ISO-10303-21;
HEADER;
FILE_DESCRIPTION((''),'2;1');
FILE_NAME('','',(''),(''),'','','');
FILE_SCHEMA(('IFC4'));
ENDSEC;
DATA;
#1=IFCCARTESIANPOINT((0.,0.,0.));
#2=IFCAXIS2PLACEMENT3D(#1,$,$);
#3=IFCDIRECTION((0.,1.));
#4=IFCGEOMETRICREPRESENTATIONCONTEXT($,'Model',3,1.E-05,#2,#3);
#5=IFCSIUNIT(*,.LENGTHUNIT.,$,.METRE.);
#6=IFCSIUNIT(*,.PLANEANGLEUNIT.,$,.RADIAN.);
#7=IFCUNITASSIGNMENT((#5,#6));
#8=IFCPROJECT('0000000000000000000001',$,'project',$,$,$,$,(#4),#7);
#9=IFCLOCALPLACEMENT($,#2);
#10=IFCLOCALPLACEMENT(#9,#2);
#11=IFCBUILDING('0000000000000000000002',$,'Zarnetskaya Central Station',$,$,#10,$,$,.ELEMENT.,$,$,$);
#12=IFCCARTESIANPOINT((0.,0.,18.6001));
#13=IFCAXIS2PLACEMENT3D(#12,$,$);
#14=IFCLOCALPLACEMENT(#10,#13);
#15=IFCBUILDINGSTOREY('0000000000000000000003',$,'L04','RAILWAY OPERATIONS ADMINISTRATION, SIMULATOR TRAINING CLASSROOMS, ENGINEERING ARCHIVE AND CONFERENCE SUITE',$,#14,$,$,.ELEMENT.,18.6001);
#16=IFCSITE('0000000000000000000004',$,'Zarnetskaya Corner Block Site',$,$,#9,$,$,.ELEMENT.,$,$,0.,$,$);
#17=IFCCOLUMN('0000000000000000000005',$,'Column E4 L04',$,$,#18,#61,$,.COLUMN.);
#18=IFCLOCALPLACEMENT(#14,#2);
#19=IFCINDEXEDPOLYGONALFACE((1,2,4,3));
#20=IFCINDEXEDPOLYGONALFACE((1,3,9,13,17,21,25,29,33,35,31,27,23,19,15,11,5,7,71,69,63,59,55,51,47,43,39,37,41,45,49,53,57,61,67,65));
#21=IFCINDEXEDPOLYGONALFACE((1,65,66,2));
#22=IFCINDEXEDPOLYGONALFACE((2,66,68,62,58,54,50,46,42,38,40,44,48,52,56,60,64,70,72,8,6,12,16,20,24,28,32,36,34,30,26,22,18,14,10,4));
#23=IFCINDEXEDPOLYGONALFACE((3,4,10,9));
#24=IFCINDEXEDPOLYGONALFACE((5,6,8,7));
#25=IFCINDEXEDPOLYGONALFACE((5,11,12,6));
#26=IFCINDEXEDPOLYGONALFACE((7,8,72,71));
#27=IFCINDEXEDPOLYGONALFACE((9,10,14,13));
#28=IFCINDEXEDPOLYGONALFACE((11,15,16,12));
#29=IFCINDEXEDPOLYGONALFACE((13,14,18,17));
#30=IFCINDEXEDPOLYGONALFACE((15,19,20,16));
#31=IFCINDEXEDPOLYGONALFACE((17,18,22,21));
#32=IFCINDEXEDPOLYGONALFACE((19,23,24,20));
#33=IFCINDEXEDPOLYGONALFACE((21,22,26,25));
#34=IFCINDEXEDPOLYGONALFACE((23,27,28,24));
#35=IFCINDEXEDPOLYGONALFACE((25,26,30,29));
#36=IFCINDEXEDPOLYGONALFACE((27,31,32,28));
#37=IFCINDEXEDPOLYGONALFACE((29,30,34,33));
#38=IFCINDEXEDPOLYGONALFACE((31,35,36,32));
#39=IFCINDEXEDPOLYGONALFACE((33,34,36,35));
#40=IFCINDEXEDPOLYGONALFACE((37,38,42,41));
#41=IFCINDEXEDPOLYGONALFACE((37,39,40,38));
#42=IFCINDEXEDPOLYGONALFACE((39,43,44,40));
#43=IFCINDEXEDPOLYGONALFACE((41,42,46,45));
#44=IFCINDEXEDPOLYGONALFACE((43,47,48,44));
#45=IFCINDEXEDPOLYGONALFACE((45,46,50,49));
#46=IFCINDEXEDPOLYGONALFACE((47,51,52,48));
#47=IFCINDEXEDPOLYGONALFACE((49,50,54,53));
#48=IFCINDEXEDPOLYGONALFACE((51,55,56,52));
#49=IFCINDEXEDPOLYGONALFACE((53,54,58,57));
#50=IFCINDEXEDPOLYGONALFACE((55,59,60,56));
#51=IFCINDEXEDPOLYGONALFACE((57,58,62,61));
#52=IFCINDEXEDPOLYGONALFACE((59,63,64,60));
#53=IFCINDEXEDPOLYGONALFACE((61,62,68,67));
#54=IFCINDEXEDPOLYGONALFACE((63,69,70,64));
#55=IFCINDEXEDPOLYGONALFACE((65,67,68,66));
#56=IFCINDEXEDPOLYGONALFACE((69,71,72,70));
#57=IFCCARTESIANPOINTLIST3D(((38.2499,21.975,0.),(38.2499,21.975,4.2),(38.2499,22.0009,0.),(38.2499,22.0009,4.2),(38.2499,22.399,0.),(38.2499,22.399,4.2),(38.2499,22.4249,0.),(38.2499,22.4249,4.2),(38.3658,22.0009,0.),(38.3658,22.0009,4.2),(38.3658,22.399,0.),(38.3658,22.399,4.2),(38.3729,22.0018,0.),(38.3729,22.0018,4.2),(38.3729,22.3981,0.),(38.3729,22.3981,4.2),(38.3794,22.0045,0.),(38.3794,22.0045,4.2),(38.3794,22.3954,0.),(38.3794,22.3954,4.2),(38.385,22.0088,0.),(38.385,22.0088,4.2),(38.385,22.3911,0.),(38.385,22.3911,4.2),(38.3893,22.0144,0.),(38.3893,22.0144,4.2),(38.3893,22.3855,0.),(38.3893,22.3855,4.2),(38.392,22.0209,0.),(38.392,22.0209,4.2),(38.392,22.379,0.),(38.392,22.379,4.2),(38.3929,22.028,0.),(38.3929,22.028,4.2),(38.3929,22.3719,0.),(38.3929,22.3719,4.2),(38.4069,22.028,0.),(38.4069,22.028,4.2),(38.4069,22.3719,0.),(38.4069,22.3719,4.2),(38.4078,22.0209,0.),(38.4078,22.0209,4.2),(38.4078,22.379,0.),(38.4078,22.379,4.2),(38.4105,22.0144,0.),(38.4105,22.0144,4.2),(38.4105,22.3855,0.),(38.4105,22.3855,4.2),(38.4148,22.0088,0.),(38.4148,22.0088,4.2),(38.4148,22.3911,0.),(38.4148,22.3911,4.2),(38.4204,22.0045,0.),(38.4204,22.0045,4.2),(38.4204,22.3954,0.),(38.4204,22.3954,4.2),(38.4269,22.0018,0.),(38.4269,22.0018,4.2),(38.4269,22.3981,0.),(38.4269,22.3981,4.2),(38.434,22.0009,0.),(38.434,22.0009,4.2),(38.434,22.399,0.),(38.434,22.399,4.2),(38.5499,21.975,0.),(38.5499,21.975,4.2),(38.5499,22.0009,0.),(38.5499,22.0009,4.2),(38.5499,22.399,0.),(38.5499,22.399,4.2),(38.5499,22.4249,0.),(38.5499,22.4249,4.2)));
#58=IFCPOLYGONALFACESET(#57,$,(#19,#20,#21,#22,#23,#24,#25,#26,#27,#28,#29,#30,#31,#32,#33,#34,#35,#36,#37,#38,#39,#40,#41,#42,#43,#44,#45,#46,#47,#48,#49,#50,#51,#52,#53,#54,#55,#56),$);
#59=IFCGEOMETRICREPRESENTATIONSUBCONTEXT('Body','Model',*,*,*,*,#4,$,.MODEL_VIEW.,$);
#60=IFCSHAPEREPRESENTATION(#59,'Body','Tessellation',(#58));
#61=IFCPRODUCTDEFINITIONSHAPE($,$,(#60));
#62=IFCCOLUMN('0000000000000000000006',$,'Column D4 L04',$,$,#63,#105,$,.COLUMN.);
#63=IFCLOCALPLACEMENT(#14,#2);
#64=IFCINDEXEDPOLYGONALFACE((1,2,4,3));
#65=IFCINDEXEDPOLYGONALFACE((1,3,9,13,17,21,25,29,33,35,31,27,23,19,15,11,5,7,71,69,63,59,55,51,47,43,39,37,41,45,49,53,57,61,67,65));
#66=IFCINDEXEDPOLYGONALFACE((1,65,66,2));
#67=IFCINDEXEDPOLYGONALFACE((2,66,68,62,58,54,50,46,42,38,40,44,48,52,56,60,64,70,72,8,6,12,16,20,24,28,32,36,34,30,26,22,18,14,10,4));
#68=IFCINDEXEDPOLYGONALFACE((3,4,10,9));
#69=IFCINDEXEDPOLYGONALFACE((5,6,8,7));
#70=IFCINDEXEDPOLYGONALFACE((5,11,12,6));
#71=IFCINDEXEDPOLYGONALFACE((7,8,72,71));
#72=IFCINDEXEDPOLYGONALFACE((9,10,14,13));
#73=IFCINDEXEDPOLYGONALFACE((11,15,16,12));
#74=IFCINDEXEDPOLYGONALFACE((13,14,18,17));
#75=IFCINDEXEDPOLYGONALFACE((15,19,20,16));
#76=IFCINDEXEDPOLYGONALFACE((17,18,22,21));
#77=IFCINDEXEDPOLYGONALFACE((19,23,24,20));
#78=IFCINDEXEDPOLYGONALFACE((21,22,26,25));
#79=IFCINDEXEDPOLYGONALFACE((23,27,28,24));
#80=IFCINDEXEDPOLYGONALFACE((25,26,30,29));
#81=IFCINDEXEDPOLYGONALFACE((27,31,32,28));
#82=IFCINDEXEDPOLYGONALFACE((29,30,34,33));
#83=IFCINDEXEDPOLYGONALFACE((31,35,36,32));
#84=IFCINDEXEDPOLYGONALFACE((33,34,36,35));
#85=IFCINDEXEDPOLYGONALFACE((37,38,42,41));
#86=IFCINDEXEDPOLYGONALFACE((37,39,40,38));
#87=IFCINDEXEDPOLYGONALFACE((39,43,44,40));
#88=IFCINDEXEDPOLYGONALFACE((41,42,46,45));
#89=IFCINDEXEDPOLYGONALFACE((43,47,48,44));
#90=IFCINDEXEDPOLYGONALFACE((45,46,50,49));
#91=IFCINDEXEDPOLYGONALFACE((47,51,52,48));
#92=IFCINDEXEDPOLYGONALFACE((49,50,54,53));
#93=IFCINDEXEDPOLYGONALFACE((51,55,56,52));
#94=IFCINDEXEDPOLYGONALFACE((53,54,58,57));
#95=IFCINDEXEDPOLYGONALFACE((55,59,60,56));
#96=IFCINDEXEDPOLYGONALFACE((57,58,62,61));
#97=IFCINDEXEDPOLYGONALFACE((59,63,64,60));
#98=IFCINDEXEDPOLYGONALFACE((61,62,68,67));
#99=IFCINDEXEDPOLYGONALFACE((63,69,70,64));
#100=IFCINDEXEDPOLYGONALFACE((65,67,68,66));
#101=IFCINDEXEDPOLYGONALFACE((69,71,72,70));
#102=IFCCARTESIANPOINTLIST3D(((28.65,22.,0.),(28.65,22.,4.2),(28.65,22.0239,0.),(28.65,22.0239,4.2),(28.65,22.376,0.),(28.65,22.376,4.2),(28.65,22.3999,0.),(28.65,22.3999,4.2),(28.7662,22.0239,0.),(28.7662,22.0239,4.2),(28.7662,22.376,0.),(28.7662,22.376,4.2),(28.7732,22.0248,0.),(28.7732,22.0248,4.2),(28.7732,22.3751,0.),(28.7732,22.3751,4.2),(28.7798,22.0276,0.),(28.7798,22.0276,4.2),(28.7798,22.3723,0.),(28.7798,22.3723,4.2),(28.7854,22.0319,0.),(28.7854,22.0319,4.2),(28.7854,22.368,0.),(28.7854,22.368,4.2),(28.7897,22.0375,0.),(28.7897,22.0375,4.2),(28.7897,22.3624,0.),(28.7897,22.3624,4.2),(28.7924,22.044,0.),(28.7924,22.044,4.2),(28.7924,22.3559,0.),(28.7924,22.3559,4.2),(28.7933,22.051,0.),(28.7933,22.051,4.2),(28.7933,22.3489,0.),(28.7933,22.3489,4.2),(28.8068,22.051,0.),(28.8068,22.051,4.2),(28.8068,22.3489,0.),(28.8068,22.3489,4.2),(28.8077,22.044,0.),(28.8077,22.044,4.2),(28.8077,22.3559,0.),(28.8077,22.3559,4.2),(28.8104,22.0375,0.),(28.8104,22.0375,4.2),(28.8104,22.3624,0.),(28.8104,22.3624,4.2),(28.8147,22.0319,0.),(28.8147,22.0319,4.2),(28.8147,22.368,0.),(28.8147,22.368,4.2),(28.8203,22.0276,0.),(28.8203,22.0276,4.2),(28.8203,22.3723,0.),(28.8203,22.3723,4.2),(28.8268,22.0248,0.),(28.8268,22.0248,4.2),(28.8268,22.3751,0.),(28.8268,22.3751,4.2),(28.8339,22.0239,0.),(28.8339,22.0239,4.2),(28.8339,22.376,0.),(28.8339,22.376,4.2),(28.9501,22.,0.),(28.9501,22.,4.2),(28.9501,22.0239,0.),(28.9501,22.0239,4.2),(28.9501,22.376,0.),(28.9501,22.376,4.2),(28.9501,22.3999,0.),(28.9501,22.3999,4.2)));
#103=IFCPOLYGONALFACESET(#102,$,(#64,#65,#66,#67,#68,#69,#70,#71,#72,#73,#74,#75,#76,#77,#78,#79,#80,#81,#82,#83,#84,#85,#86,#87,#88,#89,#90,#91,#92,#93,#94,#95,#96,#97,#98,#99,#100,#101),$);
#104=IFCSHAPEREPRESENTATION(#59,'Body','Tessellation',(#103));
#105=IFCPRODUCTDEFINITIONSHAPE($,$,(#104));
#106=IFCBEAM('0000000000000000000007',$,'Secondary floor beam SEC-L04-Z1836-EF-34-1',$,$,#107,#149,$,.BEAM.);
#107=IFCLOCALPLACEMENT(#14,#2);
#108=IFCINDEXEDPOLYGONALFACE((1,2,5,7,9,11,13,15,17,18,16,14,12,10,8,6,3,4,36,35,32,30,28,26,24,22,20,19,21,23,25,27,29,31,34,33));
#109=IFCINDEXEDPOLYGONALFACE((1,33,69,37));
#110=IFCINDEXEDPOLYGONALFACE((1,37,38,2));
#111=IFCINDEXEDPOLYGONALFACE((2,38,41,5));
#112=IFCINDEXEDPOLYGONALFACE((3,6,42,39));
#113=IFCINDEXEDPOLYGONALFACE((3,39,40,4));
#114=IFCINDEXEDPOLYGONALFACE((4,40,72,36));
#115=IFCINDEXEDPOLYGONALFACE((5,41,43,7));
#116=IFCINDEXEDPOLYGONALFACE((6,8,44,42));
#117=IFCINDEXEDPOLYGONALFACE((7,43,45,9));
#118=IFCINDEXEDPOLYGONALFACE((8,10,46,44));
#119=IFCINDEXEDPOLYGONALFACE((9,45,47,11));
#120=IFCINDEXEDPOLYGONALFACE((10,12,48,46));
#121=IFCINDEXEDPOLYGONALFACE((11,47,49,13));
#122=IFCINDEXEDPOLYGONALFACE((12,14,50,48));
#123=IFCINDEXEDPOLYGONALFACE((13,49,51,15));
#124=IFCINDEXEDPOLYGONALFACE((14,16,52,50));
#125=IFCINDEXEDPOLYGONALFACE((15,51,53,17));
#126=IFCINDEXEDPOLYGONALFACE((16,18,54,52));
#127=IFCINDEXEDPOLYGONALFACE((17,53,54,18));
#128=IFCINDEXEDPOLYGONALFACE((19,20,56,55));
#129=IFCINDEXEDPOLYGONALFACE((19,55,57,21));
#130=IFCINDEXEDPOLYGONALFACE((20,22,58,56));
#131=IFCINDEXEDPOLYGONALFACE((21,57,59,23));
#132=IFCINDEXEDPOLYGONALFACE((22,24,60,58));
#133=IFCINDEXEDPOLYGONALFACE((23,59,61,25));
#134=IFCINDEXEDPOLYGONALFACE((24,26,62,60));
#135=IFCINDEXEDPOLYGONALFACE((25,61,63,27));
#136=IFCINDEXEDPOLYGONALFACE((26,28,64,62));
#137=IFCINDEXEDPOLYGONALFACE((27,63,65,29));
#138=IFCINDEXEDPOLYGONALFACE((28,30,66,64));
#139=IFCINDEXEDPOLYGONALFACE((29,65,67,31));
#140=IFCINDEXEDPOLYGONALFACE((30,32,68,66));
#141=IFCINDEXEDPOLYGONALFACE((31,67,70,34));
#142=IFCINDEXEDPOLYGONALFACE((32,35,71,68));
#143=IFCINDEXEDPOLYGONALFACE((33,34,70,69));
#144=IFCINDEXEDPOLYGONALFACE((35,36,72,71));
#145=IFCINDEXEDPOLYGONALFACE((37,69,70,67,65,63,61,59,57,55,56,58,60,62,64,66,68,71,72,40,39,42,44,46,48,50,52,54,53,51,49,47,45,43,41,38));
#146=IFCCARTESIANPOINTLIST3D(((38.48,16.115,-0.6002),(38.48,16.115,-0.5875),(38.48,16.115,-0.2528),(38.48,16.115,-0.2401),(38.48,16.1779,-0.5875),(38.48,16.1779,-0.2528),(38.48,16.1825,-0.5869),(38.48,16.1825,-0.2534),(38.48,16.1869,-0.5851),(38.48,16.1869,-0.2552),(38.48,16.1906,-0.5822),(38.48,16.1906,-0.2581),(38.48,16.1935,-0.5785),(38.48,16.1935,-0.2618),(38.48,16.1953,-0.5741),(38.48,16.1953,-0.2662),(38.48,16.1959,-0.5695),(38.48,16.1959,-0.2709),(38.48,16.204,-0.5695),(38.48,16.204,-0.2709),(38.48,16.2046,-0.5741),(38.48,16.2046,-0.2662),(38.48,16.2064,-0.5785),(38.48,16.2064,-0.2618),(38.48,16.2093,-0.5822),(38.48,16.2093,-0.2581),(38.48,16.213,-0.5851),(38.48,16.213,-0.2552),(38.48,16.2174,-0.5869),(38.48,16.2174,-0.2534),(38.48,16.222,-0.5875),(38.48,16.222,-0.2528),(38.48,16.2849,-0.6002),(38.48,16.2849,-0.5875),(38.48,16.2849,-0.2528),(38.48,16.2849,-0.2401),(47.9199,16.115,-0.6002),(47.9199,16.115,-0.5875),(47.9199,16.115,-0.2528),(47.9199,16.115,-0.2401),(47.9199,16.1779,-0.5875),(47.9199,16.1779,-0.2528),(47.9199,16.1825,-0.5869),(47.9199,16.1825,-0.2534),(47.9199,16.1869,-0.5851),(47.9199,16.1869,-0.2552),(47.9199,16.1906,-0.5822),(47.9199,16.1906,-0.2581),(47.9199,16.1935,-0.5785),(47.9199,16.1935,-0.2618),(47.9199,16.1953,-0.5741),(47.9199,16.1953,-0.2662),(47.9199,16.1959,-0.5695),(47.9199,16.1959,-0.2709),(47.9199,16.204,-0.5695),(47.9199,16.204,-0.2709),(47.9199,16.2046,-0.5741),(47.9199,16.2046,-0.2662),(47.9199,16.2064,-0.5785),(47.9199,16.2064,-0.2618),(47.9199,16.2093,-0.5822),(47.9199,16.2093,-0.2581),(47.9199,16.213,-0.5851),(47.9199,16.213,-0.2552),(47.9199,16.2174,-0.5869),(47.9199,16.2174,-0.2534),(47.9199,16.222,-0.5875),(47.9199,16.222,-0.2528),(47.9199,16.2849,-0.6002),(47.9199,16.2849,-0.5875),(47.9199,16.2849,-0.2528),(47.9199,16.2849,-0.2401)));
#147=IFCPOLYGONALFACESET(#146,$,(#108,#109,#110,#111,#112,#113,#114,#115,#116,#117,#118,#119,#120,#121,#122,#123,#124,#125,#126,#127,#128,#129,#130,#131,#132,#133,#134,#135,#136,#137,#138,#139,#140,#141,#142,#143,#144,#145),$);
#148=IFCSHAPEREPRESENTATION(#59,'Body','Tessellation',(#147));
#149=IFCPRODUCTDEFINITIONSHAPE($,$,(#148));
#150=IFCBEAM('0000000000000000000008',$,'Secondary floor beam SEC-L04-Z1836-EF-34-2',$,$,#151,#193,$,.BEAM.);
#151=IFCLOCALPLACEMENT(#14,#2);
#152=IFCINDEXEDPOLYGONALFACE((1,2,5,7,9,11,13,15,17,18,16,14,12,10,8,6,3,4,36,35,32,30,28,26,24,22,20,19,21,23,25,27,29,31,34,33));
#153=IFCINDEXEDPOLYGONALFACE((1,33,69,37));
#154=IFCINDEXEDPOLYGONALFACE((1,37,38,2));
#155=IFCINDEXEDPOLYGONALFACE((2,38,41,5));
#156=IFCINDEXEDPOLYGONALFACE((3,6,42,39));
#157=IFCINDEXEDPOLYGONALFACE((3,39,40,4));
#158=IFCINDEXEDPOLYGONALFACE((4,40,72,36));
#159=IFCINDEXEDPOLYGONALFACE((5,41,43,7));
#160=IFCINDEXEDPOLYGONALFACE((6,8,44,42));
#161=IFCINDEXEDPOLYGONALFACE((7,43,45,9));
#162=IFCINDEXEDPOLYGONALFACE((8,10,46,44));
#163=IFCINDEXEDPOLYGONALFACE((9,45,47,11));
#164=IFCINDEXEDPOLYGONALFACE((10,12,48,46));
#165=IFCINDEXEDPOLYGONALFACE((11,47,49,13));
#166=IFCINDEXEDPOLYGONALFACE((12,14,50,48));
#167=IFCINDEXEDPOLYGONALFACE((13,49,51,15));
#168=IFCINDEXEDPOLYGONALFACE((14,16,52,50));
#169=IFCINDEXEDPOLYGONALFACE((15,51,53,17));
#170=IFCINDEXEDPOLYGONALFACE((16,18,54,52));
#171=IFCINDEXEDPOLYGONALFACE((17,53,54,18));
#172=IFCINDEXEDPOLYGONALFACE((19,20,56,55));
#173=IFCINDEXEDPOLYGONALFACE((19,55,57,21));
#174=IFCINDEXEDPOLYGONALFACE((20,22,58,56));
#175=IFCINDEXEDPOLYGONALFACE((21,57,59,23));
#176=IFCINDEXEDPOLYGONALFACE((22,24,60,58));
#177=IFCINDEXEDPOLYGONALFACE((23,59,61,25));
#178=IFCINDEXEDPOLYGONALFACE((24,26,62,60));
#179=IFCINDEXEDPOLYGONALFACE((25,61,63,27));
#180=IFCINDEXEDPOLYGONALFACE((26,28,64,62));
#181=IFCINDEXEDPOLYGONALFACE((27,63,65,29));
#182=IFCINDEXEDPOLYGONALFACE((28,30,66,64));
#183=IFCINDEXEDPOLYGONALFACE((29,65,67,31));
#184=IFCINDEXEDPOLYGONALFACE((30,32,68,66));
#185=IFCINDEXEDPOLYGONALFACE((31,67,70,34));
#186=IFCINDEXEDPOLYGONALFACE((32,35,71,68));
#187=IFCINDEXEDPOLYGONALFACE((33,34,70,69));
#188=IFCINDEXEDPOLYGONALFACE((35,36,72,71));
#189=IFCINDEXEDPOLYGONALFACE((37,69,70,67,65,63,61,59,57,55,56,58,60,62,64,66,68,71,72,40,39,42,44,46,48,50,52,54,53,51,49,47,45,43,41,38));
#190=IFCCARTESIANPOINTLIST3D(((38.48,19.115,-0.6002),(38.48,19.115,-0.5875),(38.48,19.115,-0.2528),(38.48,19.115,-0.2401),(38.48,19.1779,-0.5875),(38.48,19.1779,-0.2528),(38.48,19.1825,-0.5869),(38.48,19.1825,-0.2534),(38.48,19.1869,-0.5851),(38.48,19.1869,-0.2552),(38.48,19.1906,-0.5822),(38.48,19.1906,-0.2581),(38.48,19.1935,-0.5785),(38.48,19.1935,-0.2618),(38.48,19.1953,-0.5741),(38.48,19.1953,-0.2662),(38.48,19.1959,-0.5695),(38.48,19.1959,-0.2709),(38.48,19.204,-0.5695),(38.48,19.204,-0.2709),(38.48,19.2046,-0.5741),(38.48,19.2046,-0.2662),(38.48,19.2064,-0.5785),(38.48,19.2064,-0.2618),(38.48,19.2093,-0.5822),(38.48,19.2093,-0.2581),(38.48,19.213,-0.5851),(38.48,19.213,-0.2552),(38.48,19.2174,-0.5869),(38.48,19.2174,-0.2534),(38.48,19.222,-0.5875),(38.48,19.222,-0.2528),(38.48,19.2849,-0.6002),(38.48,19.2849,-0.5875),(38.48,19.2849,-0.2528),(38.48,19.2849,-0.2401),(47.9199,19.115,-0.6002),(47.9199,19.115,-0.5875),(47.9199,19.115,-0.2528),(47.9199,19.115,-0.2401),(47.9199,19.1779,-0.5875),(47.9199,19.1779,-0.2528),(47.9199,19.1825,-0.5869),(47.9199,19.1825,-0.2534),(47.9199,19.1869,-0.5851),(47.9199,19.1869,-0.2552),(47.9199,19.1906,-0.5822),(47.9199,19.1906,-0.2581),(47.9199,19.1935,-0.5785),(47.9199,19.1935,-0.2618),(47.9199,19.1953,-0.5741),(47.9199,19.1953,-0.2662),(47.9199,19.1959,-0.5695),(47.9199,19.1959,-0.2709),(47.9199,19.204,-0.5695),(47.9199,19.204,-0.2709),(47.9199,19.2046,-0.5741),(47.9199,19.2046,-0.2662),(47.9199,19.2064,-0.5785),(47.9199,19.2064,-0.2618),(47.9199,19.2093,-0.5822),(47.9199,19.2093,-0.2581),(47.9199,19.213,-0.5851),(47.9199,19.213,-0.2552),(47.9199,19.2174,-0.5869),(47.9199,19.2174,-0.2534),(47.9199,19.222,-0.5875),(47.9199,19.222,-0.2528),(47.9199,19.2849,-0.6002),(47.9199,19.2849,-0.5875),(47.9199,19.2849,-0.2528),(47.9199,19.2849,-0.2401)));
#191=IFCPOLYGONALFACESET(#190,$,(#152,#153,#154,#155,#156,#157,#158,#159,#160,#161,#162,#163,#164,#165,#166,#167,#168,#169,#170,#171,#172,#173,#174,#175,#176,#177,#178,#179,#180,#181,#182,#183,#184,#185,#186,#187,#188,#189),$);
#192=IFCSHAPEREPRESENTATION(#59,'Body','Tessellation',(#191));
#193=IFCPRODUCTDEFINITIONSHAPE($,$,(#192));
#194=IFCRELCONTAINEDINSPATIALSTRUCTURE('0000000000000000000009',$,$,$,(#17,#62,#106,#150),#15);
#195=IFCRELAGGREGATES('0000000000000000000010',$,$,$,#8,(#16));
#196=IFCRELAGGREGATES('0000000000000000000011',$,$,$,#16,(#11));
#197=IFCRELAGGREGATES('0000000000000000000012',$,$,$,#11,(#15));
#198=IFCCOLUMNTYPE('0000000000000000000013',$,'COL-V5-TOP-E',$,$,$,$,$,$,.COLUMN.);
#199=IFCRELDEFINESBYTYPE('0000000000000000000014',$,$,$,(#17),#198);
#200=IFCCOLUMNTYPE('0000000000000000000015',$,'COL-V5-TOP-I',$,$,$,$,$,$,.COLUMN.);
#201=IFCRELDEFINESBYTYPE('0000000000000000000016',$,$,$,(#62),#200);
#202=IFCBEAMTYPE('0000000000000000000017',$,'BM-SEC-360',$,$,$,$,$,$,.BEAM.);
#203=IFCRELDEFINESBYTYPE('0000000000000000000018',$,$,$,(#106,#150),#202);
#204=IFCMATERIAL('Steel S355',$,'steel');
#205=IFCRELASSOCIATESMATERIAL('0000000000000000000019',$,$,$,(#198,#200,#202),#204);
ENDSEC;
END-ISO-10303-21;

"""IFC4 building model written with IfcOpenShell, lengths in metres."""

from ifc_helpers import new_model, si_unit, direction, frame, origin, origin_2d, place, context, subcontext, project, spatial, i_section, extrude, material, material_profile, profile_set, type_object, element, save


model = new_model("IFC4")

# Units and contexts
model_context = context("Model", 3, precision=1e-05, world=origin(), true_north=direction((0.0, 1.0)))
body_context = subcontext(model_context, "Body", "Model", "MODEL_VIEW")
ifc_project = project(units=[si_unit("LENGTHUNIT", "METRE"), si_unit("PLANEANGLEUNIT", "RADIAN")], contexts=[model_context])

# Site, building, storey
site_placement = place(None, origin())
site = spatial("IfcSite", under=ifc_project, at=site_placement, Name="Zarnetskaya Corner Block Site", CompositionType="ELEMENT", RefElevation=0.0)
building_placement = place(site_placement, origin())
building = spatial("IfcBuilding", under=site, at=building_placement, Name="Zarnetskaya Central Station", CompositionType="ELEMENT")
storey_placement = place(building_placement, frame((0.0, 0.0, 18.6001)))
storey = spatial("IfcBuildingStorey", under=building, at=storey_placement, Name="L04", Description="RAILWAY OPERATIONS ADMINISTRATION, SIMULATOR TRAINING CLASSROOMS, ENGINEERING ARCHIVE AND CONFERENCE SUITE", CompositionType="ELEMENT", Elevation=18.6001)

# Columns
ifc_material_1 = material(Name="Steel S355", Category="steel")
ifc_material_profile_1 = material_profile(ifc_material_1, i_section(OverallWidth=0.3, OverallDepth=0.45, WebThickness=0.0139, FlangeThickness=0.0259, FilletRadius=0.0271, at=origin_2d()), Name="HEB 450")
ifc_profile_set_1 = profile_set([ifc_material_profile_1], Name="Steel S355")
column_type_1 = type_object("IfcColumnType", Name="COL-V5-TOP-E", PredefinedType="COLUMN", material=ifc_profile_set_1)
column_1_placement = place(storey_placement, frame((38.3999, 22.2, 0.0), z_axis=(0.0, 0.0, 1.0), x_axis=(1.0, 0.0, 0.0)))
element("IfcColumn", 1, at=column_1_placement, inside=storey, type_object=column_type_1, Name="Column E4 L04", PredefinedType="COLUMN", context=body_context, shape_type="SweptSolid", body=[
    extrude(i_section(OverallWidth=0.3, OverallDepth=0.45, WebThickness=0.0139, FlangeThickness=0.0259, FilletRadius=0.0271, at=origin_2d()), origin(), (0.0, 0.0, 1.0), 4.2),
])
ifc_material_profile_2 = material_profile(ifc_material_1, i_section(OverallWidth=0.3, OverallDepth=0.3999, WebThickness=0.0134, FlangeThickness=0.0239, FilletRadius=0.0271, at=origin_2d()), Name="HEB 400")
ifc_profile_set_2 = profile_set([ifc_material_profile_2], Name="Steel S355")
column_type_2 = type_object("IfcColumnType", Name="COL-V5-TOP-I", PredefinedType="COLUMN", material=ifc_profile_set_2)
column_2_placement = place(storey_placement, frame((28.8, 22.2, 0.0), z_axis=(0.0, 0.0, 1.0), x_axis=(1.0, 0.0, 0.0)))
element("IfcColumn", 2, at=column_2_placement, inside=storey, type_object=column_type_2, Name="Column D4 L04", PredefinedType="COLUMN", context=body_context, shape_type="SweptSolid", body=[
    extrude(i_section(OverallWidth=0.3, OverallDepth=0.3999, WebThickness=0.0134, FlangeThickness=0.0239, FilletRadius=0.0271, at=origin_2d()), origin(), (0.0, 0.0, 1.0), 4.2),
])

# Beams
ifc_material_profile_3 = material_profile(ifc_material_1, i_section(OverallWidth=0.1699, OverallDepth=0.3601, WebThickness=0.0081, FlangeThickness=0.0127, FilletRadius=0.0181, at=origin_2d()), Name="IPE 360")
ifc_profile_set_3 = profile_set([ifc_material_profile_3], Name="Steel S355")
beam_type_1 = type_object("IfcBeamType", Name="BM-SEC-360", PredefinedType="BEAM", material=ifc_profile_set_3)
for number, where, z_axis, x_axis, name in (
    (3, (38.48, 16.2, -0.4202), (1.0, 0.0, 0.0), (0.0, 1.0, 0.0), "Secondary floor beam SEC-L04-Z1836-EF-34-1"),
    (4, (38.48, 19.2, -0.4202), (1.0, 0.0, 0.0), (0.0, 1.0, 0.0), "Secondary floor beam SEC-L04-Z1836-EF-34-2"),
):
    element("IfcBeam", number, at=place(storey_placement, frame(where, z_axis=z_axis, x_axis=x_axis)), inside=storey, type_object=beam_type_1, Name=name, PredefinedType="BEAM", context=body_context, shape_type="SweptSolid", body=[
        extrude(i_section(OverallWidth=0.1699, OverallDepth=0.3601, WebThickness=0.0081, FlangeThickness=0.0127, FilletRadius=0.0181, at=origin_2d()), origin(), (0.0, 0.0, 1.0), 9.4399),
    ])

save(model, "model.ifc")
